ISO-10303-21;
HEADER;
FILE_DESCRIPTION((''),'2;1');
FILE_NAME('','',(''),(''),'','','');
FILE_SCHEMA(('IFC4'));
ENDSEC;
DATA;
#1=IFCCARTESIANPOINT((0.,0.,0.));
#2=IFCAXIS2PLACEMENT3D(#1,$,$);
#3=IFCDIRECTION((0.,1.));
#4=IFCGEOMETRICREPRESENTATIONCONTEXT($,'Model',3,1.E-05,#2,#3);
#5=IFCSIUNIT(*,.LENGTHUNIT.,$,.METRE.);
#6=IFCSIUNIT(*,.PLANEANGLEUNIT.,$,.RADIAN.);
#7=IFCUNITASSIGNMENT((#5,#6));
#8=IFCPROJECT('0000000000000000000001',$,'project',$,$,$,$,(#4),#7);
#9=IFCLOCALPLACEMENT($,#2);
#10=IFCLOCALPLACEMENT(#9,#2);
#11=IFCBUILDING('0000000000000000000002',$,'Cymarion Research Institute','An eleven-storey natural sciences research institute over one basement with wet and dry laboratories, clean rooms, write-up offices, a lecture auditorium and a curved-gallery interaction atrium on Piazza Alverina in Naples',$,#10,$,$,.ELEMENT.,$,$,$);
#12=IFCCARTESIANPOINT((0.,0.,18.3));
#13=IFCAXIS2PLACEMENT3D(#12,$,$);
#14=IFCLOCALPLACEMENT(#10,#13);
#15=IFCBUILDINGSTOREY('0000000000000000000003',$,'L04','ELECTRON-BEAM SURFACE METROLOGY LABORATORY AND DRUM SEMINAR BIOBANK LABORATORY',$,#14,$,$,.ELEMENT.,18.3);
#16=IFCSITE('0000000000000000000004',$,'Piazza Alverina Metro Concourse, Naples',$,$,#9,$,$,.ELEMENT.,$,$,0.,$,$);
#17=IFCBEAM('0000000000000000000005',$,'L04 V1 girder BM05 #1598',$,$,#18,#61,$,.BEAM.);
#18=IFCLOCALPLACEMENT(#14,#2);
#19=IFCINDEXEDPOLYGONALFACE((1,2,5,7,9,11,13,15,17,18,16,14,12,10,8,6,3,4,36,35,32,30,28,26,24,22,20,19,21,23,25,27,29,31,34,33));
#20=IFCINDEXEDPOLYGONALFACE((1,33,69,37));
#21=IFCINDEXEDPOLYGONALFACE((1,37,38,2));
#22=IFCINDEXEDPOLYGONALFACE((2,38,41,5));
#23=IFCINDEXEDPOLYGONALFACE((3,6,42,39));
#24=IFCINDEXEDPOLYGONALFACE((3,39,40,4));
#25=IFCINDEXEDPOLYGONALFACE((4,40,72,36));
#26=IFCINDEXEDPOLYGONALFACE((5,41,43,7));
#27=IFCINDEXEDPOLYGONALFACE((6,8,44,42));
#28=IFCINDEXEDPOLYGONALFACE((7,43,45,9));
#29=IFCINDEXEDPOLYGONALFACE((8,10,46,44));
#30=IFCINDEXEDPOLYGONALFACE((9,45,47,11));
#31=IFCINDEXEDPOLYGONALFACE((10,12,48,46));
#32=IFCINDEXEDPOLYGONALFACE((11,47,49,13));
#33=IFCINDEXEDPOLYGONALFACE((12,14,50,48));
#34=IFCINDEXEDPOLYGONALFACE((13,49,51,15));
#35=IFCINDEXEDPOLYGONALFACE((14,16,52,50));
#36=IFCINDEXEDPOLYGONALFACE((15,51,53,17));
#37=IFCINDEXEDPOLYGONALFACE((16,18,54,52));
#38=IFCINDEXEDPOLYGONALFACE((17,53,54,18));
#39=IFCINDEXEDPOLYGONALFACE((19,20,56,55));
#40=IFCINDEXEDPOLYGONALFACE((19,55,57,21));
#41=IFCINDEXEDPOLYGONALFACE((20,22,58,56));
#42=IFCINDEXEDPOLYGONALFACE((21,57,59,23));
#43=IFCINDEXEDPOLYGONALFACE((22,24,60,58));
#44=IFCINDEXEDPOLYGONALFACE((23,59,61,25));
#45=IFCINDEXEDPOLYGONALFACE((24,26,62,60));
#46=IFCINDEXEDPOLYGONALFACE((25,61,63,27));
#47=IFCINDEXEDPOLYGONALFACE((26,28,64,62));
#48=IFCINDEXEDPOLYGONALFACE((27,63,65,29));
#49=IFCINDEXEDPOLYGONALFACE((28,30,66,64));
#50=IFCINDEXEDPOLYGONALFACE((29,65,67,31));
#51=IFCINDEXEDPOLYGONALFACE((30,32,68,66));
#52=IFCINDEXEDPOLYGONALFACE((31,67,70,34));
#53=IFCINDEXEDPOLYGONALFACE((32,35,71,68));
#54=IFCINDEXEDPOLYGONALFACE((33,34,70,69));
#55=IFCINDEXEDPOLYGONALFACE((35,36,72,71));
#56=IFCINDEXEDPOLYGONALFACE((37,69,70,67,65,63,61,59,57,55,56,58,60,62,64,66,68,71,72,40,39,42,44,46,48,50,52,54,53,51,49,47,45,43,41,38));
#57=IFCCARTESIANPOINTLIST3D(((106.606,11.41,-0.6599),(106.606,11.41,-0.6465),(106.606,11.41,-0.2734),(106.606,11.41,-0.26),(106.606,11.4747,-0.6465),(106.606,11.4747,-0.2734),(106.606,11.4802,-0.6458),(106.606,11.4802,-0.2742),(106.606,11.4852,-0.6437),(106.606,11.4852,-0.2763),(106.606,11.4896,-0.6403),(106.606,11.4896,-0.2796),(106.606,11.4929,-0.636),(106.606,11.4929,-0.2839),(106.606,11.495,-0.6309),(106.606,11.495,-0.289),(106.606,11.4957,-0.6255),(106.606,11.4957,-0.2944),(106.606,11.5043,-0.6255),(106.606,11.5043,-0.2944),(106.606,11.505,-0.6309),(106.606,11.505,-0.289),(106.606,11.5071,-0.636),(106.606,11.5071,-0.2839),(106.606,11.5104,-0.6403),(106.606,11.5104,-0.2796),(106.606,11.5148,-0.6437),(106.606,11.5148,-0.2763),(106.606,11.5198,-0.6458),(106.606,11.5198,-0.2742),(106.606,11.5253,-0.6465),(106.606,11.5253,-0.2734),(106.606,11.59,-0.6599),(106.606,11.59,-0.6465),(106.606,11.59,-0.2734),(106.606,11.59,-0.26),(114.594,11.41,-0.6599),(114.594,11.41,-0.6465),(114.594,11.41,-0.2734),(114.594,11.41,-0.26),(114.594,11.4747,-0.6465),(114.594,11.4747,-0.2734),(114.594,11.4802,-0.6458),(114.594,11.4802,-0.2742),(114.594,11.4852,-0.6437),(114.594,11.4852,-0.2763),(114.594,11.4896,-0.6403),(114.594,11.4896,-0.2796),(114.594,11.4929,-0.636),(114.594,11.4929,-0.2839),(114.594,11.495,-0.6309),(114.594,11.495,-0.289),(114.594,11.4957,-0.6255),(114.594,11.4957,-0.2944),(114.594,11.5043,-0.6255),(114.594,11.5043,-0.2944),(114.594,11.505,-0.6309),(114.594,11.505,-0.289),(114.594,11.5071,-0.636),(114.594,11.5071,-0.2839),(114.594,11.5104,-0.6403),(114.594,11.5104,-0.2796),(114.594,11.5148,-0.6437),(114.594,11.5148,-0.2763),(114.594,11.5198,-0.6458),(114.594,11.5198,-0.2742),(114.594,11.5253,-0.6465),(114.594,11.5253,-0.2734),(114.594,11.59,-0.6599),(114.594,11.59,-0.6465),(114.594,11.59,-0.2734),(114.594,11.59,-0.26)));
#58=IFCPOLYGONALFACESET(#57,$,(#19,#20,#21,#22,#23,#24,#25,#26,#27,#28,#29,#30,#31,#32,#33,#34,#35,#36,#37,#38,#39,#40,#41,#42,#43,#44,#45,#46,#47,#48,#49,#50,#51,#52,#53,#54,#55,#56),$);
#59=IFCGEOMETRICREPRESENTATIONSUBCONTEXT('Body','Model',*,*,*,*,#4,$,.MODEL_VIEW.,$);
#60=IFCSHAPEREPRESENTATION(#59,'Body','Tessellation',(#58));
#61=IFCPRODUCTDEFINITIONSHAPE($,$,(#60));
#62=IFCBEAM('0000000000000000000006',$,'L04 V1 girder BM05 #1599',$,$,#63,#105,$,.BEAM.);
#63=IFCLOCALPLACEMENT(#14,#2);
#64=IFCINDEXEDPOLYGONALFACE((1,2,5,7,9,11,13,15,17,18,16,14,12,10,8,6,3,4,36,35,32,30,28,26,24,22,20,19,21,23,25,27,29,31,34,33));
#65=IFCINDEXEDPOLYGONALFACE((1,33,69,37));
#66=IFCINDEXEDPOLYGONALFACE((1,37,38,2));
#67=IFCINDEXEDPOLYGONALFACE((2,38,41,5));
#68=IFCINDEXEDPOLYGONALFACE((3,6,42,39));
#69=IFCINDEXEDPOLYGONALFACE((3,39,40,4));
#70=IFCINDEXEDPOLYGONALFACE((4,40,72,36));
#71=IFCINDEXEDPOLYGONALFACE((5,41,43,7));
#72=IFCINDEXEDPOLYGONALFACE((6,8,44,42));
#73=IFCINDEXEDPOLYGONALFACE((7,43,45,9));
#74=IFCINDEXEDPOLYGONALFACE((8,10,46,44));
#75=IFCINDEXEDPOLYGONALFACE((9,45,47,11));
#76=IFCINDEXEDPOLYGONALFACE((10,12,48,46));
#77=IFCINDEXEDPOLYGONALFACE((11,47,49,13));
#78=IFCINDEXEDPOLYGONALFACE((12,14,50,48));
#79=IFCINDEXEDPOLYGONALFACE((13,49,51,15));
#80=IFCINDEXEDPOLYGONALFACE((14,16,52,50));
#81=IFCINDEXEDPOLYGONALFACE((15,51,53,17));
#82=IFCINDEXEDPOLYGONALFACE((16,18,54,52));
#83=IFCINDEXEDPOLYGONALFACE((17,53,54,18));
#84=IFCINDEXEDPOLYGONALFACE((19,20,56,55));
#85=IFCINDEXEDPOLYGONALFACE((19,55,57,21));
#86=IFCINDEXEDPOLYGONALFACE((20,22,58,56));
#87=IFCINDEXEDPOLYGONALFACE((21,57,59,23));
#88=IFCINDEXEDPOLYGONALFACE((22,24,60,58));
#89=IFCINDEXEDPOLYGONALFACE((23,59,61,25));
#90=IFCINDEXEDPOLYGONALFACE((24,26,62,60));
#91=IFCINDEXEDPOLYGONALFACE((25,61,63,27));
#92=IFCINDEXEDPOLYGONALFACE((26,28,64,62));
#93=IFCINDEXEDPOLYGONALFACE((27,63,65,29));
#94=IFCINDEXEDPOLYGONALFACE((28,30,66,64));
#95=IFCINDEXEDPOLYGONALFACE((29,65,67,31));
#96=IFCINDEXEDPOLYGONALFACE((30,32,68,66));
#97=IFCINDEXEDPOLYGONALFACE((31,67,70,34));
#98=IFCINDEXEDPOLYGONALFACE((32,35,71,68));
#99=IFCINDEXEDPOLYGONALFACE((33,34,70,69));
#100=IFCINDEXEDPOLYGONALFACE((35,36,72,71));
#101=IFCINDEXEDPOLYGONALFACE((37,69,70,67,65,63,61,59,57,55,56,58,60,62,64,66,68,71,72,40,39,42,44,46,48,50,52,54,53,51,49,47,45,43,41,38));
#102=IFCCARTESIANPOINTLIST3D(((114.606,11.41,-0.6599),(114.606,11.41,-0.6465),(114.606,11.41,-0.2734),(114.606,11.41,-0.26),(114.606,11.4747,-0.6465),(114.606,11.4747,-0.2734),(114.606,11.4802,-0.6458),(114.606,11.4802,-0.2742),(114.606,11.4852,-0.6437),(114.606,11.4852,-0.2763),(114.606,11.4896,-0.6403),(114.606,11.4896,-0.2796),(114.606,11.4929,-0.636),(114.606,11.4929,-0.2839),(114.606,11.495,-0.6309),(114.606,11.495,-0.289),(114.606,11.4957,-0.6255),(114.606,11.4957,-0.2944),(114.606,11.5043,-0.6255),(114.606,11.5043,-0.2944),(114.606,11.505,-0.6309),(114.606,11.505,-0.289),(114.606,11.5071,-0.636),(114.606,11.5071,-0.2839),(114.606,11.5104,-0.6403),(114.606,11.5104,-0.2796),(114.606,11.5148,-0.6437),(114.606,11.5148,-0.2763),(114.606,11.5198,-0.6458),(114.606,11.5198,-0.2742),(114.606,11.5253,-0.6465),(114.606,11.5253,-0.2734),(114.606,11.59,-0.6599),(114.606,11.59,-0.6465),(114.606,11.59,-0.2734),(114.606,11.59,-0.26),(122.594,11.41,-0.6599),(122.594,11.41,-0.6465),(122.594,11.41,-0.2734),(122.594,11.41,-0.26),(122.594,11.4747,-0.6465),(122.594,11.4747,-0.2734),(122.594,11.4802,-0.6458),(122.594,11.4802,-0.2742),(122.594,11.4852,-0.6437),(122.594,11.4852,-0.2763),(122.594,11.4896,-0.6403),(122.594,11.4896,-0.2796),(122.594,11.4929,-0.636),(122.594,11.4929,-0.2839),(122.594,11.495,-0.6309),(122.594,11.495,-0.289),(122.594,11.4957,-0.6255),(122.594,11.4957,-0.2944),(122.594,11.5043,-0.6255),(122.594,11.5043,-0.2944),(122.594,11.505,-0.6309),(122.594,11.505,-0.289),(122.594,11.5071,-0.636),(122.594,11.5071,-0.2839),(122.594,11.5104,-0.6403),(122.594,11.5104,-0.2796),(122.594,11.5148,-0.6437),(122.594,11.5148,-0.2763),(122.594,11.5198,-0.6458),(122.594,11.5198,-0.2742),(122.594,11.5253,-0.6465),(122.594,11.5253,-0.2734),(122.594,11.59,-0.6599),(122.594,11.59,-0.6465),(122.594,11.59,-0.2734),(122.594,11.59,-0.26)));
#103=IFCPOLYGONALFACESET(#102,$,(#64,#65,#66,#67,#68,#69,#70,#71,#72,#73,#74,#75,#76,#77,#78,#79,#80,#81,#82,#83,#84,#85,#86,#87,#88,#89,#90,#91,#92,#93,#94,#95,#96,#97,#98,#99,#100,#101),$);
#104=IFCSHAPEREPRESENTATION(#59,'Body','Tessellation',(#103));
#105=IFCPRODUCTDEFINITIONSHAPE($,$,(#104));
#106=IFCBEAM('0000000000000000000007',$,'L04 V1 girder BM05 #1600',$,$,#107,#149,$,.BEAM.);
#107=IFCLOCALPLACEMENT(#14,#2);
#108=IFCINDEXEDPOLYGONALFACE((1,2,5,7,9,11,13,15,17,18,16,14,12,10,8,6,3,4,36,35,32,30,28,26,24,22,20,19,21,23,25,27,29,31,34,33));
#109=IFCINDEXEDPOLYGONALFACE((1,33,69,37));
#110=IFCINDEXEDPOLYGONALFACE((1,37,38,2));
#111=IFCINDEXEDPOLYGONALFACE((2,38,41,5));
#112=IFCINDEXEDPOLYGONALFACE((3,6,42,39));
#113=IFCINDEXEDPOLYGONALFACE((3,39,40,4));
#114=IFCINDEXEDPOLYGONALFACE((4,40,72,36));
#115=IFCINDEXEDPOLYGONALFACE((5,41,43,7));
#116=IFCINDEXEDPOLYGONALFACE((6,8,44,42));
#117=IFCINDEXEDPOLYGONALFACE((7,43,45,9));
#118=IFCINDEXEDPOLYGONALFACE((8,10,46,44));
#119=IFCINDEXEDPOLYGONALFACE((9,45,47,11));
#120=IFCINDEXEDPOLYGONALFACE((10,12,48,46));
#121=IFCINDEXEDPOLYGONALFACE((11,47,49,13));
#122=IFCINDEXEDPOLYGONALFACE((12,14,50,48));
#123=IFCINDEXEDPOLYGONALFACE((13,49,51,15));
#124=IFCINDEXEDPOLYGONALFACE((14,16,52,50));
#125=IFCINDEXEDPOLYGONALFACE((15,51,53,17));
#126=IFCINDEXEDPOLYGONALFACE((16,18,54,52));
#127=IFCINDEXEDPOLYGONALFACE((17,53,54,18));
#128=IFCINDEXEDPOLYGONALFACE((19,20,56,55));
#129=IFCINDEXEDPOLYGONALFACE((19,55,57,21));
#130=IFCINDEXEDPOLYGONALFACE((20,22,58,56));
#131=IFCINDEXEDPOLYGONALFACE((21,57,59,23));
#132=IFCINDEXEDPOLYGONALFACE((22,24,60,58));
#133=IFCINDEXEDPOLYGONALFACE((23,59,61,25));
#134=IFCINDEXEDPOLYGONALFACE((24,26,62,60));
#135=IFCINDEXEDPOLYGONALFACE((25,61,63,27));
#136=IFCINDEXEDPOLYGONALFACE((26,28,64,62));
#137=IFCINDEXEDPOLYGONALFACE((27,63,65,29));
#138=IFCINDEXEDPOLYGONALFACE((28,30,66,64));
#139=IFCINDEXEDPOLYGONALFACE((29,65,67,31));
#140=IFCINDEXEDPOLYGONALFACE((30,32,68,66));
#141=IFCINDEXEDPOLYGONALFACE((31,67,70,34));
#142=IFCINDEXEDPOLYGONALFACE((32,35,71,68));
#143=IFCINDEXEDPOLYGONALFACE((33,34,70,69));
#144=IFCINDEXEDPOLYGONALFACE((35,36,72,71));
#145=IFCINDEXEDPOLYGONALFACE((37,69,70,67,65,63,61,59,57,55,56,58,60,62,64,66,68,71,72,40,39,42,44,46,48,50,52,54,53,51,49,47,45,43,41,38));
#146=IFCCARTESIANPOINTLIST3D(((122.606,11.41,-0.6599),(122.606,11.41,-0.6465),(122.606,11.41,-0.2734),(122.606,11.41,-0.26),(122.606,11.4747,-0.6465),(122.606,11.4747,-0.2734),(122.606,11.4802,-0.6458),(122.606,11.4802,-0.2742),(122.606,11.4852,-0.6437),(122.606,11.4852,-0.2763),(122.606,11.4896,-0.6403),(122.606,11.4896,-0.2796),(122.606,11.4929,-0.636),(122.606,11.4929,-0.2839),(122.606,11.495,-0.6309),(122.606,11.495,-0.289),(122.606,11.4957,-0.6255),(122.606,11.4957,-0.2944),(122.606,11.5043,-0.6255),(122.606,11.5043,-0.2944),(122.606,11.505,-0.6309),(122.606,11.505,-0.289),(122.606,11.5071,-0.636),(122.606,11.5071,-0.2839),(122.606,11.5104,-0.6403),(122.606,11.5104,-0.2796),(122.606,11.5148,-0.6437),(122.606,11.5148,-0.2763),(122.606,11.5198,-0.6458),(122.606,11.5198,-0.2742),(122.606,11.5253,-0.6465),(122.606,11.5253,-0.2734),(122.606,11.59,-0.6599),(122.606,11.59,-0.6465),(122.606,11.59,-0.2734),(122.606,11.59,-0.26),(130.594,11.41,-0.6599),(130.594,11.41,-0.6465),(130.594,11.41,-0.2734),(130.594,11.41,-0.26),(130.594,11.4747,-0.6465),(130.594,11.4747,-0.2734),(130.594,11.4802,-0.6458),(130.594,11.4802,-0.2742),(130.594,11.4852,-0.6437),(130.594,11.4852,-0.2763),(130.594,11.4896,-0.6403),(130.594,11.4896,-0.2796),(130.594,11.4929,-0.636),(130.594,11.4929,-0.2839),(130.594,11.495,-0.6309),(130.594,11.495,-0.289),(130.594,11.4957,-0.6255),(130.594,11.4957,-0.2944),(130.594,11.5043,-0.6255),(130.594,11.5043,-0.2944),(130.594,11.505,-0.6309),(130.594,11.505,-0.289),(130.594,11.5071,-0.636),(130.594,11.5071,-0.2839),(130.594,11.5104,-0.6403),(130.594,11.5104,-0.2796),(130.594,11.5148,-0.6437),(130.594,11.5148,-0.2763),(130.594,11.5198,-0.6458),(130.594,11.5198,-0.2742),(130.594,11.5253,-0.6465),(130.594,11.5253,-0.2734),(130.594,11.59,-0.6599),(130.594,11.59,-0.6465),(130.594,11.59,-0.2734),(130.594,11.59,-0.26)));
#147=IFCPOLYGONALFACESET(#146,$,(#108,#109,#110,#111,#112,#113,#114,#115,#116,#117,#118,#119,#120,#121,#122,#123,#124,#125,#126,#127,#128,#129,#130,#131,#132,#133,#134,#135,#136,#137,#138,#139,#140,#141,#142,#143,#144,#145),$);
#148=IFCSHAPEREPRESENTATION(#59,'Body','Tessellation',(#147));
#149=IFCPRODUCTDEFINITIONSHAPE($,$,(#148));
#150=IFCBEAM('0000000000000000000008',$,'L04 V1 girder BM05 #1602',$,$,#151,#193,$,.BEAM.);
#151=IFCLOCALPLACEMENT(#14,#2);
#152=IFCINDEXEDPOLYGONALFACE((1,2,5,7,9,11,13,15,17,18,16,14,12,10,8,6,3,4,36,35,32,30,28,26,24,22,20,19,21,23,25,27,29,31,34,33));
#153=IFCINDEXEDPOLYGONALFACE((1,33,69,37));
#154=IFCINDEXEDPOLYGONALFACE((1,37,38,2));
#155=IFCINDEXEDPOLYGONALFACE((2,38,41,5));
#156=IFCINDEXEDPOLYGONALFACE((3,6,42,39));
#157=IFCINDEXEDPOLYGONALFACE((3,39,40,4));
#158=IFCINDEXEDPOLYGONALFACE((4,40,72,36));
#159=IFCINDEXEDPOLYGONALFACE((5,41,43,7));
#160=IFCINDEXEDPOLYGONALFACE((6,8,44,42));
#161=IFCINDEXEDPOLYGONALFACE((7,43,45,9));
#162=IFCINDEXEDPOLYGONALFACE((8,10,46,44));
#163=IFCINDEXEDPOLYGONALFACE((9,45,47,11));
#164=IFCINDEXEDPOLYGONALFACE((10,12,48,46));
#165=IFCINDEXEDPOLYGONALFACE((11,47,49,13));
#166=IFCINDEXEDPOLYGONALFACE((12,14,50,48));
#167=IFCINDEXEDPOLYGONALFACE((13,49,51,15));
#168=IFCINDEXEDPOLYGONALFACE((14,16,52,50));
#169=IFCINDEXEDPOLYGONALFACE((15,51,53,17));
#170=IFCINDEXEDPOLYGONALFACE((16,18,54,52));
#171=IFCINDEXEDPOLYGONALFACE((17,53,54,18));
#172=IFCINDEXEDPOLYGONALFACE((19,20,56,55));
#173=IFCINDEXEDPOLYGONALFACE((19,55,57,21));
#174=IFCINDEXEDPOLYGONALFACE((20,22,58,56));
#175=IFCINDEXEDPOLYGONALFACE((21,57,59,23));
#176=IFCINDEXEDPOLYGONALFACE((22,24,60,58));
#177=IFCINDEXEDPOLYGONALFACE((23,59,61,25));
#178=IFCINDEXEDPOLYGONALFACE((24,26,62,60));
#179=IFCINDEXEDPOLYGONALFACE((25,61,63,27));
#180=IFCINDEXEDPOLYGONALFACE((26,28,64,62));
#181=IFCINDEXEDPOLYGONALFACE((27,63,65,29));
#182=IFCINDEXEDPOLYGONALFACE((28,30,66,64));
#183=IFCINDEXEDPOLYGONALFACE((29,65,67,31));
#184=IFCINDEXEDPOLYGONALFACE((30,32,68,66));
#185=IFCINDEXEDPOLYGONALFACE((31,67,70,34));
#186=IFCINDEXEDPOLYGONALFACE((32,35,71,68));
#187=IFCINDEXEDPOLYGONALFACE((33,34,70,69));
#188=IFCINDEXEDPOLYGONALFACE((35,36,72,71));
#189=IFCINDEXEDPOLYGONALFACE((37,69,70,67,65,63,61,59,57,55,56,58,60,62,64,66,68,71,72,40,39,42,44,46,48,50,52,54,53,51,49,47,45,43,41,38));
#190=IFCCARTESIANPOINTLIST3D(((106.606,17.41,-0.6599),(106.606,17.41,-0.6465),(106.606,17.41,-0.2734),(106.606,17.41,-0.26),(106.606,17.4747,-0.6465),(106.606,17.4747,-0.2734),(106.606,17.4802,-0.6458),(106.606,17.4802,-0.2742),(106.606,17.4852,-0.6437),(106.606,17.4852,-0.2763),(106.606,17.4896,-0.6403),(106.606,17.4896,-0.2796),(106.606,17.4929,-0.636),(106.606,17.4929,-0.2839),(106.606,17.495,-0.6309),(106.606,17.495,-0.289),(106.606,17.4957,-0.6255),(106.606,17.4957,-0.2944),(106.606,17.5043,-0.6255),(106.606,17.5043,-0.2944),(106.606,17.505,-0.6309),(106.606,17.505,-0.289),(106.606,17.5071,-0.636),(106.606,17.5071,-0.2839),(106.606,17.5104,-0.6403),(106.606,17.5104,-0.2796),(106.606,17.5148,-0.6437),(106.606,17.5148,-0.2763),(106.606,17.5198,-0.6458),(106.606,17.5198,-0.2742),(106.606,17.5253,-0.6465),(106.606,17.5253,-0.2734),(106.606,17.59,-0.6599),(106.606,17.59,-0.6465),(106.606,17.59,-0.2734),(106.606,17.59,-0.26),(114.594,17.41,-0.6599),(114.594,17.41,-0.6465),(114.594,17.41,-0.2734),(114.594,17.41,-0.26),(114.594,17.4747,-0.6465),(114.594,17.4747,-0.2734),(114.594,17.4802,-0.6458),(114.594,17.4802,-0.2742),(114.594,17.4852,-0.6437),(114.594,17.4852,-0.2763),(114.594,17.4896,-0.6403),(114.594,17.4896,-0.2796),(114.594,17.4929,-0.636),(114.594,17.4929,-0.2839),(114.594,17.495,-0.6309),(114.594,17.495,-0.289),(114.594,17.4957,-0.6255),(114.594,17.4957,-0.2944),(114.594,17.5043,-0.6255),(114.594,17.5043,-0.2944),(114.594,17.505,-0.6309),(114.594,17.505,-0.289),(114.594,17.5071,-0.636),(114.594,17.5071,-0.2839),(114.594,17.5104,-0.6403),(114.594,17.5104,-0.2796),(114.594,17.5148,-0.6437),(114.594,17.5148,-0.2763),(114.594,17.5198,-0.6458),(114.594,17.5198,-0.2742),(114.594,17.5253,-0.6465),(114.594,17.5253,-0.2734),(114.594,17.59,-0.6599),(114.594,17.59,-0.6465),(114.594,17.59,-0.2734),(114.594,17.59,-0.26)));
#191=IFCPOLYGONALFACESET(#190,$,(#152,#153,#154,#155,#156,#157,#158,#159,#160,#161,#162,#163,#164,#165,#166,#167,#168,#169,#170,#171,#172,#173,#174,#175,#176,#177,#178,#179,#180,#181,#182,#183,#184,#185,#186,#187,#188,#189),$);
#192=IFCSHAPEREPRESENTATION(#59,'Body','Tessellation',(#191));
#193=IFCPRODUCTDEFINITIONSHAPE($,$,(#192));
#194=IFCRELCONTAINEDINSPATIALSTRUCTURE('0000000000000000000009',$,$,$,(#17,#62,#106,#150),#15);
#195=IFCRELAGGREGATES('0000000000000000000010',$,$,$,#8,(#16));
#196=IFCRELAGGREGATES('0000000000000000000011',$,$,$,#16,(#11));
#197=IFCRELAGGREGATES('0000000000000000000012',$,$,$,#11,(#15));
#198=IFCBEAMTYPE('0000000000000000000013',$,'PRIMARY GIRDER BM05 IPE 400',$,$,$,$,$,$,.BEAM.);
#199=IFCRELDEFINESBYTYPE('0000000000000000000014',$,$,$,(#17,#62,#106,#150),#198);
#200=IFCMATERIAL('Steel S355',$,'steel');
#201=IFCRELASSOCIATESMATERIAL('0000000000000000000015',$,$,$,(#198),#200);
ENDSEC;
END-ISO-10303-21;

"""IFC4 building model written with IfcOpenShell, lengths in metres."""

from ifc_helpers import new_model, si_unit, direction, frame, origin, origin_2d, place, context, subcontext, project, spatial, i_section, extrude, material, material_profile, profile_set, type_object, element, save


model = new_model("IFC4")

# Units and contexts
model_context = context("Model", 3, precision=1e-05, world=origin(), true_north=direction((0.0, 1.0)))
body_context = subcontext(model_context, "Body", "Model", "MODEL_VIEW")
ifc_project = project(units=[si_unit("LENGTHUNIT", "METRE"), si_unit("PLANEANGLEUNIT", "RADIAN")], contexts=[model_context])

# Site, building, storey
site_placement = place(None, origin())
site = spatial("IfcSite", under=ifc_project, at=site_placement, Name="Piazza Alverina Metro Concourse, Naples", CompositionType="ELEMENT", RefElevation=0.0)
building_placement = place(site_placement, origin())
building = spatial("IfcBuilding", under=site, at=building_placement, Name="Cymarion Research Institute", Description="An eleven-storey natural sciences research institute over one basement with wet and dry laboratories, clean rooms, write-up offices, a lecture auditorium and a curved-gallery interaction atrium on Piazza Alverina in Naples", CompositionType="ELEMENT")
storey_placement = place(building_placement, frame((0.0, 0.0, 18.3)))
storey = spatial("IfcBuildingStorey", under=building, at=storey_placement, Name="L04", Description="ELECTRON-BEAM SURFACE METROLOGY LABORATORY AND DRUM SEMINAR BIOBANK LABORATORY", CompositionType="ELEMENT", Elevation=18.3)

# Beams
ifc_material = material(Name="Steel S355", Category="steel")
ifc_material_profile_1 = material_profile(ifc_material, i_section(OverallWidth=0.1799, OverallDepth=0.3999, WebThickness=0.0085, FlangeThickness=0.0134, FilletRadius=0.021, at=origin_2d()), Name="IPE 400")
ifc_profile_set_1 = profile_set([ifc_material_profile_1], Name="Steel S355")
beam_type_1 = type_object("IfcBeamType", Name="PRIMARY GIRDER BM05 IPE 400", PredefinedType="BEAM", material=ifc_profile_set_1)
for number, where, z_axis, x_axis, name in (
    (1, (106.606, 11.5, -0.46), (1.0, 0.0, 0.0), (0.0, 1.0, 0.0), "L04 V1 girder BM05 #1598"),
    (2, (114.606, 11.5, -0.46), (1.0, 0.0, 0.0), (0.0, 1.0, 0.0), "L04 V1 girder BM05 #1599"),
    (3, (122.606, 11.5, -0.46), (1.0, 0.0, 0.0), (0.0, 1.0, 0.0), "L04 V1 girder BM05 #1600"),
    (4, (106.606, 17.5, -0.46), (1.0, 0.0, 0.0), (0.0, 1.0, 0.0), "L04 V1 girder BM05 #1602"),
):
    element("IfcBeam", number, at=place(storey_placement, frame(where, z_axis=z_axis, x_axis=x_axis)), inside=storey, type_object=beam_type_1, Name=name, PredefinedType="BEAM", context=body_context, shape_type="SweptSolid", body=[
        extrude(i_section(OverallWidth=0.1799, OverallDepth=0.3999, WebThickness=0.0085, FlangeThickness=0.0134, FilletRadius=0.021, at=origin_2d()), origin(), (0.0, 0.0, 1.0), 7.988),
    ])

save(model, "model.ifc")
